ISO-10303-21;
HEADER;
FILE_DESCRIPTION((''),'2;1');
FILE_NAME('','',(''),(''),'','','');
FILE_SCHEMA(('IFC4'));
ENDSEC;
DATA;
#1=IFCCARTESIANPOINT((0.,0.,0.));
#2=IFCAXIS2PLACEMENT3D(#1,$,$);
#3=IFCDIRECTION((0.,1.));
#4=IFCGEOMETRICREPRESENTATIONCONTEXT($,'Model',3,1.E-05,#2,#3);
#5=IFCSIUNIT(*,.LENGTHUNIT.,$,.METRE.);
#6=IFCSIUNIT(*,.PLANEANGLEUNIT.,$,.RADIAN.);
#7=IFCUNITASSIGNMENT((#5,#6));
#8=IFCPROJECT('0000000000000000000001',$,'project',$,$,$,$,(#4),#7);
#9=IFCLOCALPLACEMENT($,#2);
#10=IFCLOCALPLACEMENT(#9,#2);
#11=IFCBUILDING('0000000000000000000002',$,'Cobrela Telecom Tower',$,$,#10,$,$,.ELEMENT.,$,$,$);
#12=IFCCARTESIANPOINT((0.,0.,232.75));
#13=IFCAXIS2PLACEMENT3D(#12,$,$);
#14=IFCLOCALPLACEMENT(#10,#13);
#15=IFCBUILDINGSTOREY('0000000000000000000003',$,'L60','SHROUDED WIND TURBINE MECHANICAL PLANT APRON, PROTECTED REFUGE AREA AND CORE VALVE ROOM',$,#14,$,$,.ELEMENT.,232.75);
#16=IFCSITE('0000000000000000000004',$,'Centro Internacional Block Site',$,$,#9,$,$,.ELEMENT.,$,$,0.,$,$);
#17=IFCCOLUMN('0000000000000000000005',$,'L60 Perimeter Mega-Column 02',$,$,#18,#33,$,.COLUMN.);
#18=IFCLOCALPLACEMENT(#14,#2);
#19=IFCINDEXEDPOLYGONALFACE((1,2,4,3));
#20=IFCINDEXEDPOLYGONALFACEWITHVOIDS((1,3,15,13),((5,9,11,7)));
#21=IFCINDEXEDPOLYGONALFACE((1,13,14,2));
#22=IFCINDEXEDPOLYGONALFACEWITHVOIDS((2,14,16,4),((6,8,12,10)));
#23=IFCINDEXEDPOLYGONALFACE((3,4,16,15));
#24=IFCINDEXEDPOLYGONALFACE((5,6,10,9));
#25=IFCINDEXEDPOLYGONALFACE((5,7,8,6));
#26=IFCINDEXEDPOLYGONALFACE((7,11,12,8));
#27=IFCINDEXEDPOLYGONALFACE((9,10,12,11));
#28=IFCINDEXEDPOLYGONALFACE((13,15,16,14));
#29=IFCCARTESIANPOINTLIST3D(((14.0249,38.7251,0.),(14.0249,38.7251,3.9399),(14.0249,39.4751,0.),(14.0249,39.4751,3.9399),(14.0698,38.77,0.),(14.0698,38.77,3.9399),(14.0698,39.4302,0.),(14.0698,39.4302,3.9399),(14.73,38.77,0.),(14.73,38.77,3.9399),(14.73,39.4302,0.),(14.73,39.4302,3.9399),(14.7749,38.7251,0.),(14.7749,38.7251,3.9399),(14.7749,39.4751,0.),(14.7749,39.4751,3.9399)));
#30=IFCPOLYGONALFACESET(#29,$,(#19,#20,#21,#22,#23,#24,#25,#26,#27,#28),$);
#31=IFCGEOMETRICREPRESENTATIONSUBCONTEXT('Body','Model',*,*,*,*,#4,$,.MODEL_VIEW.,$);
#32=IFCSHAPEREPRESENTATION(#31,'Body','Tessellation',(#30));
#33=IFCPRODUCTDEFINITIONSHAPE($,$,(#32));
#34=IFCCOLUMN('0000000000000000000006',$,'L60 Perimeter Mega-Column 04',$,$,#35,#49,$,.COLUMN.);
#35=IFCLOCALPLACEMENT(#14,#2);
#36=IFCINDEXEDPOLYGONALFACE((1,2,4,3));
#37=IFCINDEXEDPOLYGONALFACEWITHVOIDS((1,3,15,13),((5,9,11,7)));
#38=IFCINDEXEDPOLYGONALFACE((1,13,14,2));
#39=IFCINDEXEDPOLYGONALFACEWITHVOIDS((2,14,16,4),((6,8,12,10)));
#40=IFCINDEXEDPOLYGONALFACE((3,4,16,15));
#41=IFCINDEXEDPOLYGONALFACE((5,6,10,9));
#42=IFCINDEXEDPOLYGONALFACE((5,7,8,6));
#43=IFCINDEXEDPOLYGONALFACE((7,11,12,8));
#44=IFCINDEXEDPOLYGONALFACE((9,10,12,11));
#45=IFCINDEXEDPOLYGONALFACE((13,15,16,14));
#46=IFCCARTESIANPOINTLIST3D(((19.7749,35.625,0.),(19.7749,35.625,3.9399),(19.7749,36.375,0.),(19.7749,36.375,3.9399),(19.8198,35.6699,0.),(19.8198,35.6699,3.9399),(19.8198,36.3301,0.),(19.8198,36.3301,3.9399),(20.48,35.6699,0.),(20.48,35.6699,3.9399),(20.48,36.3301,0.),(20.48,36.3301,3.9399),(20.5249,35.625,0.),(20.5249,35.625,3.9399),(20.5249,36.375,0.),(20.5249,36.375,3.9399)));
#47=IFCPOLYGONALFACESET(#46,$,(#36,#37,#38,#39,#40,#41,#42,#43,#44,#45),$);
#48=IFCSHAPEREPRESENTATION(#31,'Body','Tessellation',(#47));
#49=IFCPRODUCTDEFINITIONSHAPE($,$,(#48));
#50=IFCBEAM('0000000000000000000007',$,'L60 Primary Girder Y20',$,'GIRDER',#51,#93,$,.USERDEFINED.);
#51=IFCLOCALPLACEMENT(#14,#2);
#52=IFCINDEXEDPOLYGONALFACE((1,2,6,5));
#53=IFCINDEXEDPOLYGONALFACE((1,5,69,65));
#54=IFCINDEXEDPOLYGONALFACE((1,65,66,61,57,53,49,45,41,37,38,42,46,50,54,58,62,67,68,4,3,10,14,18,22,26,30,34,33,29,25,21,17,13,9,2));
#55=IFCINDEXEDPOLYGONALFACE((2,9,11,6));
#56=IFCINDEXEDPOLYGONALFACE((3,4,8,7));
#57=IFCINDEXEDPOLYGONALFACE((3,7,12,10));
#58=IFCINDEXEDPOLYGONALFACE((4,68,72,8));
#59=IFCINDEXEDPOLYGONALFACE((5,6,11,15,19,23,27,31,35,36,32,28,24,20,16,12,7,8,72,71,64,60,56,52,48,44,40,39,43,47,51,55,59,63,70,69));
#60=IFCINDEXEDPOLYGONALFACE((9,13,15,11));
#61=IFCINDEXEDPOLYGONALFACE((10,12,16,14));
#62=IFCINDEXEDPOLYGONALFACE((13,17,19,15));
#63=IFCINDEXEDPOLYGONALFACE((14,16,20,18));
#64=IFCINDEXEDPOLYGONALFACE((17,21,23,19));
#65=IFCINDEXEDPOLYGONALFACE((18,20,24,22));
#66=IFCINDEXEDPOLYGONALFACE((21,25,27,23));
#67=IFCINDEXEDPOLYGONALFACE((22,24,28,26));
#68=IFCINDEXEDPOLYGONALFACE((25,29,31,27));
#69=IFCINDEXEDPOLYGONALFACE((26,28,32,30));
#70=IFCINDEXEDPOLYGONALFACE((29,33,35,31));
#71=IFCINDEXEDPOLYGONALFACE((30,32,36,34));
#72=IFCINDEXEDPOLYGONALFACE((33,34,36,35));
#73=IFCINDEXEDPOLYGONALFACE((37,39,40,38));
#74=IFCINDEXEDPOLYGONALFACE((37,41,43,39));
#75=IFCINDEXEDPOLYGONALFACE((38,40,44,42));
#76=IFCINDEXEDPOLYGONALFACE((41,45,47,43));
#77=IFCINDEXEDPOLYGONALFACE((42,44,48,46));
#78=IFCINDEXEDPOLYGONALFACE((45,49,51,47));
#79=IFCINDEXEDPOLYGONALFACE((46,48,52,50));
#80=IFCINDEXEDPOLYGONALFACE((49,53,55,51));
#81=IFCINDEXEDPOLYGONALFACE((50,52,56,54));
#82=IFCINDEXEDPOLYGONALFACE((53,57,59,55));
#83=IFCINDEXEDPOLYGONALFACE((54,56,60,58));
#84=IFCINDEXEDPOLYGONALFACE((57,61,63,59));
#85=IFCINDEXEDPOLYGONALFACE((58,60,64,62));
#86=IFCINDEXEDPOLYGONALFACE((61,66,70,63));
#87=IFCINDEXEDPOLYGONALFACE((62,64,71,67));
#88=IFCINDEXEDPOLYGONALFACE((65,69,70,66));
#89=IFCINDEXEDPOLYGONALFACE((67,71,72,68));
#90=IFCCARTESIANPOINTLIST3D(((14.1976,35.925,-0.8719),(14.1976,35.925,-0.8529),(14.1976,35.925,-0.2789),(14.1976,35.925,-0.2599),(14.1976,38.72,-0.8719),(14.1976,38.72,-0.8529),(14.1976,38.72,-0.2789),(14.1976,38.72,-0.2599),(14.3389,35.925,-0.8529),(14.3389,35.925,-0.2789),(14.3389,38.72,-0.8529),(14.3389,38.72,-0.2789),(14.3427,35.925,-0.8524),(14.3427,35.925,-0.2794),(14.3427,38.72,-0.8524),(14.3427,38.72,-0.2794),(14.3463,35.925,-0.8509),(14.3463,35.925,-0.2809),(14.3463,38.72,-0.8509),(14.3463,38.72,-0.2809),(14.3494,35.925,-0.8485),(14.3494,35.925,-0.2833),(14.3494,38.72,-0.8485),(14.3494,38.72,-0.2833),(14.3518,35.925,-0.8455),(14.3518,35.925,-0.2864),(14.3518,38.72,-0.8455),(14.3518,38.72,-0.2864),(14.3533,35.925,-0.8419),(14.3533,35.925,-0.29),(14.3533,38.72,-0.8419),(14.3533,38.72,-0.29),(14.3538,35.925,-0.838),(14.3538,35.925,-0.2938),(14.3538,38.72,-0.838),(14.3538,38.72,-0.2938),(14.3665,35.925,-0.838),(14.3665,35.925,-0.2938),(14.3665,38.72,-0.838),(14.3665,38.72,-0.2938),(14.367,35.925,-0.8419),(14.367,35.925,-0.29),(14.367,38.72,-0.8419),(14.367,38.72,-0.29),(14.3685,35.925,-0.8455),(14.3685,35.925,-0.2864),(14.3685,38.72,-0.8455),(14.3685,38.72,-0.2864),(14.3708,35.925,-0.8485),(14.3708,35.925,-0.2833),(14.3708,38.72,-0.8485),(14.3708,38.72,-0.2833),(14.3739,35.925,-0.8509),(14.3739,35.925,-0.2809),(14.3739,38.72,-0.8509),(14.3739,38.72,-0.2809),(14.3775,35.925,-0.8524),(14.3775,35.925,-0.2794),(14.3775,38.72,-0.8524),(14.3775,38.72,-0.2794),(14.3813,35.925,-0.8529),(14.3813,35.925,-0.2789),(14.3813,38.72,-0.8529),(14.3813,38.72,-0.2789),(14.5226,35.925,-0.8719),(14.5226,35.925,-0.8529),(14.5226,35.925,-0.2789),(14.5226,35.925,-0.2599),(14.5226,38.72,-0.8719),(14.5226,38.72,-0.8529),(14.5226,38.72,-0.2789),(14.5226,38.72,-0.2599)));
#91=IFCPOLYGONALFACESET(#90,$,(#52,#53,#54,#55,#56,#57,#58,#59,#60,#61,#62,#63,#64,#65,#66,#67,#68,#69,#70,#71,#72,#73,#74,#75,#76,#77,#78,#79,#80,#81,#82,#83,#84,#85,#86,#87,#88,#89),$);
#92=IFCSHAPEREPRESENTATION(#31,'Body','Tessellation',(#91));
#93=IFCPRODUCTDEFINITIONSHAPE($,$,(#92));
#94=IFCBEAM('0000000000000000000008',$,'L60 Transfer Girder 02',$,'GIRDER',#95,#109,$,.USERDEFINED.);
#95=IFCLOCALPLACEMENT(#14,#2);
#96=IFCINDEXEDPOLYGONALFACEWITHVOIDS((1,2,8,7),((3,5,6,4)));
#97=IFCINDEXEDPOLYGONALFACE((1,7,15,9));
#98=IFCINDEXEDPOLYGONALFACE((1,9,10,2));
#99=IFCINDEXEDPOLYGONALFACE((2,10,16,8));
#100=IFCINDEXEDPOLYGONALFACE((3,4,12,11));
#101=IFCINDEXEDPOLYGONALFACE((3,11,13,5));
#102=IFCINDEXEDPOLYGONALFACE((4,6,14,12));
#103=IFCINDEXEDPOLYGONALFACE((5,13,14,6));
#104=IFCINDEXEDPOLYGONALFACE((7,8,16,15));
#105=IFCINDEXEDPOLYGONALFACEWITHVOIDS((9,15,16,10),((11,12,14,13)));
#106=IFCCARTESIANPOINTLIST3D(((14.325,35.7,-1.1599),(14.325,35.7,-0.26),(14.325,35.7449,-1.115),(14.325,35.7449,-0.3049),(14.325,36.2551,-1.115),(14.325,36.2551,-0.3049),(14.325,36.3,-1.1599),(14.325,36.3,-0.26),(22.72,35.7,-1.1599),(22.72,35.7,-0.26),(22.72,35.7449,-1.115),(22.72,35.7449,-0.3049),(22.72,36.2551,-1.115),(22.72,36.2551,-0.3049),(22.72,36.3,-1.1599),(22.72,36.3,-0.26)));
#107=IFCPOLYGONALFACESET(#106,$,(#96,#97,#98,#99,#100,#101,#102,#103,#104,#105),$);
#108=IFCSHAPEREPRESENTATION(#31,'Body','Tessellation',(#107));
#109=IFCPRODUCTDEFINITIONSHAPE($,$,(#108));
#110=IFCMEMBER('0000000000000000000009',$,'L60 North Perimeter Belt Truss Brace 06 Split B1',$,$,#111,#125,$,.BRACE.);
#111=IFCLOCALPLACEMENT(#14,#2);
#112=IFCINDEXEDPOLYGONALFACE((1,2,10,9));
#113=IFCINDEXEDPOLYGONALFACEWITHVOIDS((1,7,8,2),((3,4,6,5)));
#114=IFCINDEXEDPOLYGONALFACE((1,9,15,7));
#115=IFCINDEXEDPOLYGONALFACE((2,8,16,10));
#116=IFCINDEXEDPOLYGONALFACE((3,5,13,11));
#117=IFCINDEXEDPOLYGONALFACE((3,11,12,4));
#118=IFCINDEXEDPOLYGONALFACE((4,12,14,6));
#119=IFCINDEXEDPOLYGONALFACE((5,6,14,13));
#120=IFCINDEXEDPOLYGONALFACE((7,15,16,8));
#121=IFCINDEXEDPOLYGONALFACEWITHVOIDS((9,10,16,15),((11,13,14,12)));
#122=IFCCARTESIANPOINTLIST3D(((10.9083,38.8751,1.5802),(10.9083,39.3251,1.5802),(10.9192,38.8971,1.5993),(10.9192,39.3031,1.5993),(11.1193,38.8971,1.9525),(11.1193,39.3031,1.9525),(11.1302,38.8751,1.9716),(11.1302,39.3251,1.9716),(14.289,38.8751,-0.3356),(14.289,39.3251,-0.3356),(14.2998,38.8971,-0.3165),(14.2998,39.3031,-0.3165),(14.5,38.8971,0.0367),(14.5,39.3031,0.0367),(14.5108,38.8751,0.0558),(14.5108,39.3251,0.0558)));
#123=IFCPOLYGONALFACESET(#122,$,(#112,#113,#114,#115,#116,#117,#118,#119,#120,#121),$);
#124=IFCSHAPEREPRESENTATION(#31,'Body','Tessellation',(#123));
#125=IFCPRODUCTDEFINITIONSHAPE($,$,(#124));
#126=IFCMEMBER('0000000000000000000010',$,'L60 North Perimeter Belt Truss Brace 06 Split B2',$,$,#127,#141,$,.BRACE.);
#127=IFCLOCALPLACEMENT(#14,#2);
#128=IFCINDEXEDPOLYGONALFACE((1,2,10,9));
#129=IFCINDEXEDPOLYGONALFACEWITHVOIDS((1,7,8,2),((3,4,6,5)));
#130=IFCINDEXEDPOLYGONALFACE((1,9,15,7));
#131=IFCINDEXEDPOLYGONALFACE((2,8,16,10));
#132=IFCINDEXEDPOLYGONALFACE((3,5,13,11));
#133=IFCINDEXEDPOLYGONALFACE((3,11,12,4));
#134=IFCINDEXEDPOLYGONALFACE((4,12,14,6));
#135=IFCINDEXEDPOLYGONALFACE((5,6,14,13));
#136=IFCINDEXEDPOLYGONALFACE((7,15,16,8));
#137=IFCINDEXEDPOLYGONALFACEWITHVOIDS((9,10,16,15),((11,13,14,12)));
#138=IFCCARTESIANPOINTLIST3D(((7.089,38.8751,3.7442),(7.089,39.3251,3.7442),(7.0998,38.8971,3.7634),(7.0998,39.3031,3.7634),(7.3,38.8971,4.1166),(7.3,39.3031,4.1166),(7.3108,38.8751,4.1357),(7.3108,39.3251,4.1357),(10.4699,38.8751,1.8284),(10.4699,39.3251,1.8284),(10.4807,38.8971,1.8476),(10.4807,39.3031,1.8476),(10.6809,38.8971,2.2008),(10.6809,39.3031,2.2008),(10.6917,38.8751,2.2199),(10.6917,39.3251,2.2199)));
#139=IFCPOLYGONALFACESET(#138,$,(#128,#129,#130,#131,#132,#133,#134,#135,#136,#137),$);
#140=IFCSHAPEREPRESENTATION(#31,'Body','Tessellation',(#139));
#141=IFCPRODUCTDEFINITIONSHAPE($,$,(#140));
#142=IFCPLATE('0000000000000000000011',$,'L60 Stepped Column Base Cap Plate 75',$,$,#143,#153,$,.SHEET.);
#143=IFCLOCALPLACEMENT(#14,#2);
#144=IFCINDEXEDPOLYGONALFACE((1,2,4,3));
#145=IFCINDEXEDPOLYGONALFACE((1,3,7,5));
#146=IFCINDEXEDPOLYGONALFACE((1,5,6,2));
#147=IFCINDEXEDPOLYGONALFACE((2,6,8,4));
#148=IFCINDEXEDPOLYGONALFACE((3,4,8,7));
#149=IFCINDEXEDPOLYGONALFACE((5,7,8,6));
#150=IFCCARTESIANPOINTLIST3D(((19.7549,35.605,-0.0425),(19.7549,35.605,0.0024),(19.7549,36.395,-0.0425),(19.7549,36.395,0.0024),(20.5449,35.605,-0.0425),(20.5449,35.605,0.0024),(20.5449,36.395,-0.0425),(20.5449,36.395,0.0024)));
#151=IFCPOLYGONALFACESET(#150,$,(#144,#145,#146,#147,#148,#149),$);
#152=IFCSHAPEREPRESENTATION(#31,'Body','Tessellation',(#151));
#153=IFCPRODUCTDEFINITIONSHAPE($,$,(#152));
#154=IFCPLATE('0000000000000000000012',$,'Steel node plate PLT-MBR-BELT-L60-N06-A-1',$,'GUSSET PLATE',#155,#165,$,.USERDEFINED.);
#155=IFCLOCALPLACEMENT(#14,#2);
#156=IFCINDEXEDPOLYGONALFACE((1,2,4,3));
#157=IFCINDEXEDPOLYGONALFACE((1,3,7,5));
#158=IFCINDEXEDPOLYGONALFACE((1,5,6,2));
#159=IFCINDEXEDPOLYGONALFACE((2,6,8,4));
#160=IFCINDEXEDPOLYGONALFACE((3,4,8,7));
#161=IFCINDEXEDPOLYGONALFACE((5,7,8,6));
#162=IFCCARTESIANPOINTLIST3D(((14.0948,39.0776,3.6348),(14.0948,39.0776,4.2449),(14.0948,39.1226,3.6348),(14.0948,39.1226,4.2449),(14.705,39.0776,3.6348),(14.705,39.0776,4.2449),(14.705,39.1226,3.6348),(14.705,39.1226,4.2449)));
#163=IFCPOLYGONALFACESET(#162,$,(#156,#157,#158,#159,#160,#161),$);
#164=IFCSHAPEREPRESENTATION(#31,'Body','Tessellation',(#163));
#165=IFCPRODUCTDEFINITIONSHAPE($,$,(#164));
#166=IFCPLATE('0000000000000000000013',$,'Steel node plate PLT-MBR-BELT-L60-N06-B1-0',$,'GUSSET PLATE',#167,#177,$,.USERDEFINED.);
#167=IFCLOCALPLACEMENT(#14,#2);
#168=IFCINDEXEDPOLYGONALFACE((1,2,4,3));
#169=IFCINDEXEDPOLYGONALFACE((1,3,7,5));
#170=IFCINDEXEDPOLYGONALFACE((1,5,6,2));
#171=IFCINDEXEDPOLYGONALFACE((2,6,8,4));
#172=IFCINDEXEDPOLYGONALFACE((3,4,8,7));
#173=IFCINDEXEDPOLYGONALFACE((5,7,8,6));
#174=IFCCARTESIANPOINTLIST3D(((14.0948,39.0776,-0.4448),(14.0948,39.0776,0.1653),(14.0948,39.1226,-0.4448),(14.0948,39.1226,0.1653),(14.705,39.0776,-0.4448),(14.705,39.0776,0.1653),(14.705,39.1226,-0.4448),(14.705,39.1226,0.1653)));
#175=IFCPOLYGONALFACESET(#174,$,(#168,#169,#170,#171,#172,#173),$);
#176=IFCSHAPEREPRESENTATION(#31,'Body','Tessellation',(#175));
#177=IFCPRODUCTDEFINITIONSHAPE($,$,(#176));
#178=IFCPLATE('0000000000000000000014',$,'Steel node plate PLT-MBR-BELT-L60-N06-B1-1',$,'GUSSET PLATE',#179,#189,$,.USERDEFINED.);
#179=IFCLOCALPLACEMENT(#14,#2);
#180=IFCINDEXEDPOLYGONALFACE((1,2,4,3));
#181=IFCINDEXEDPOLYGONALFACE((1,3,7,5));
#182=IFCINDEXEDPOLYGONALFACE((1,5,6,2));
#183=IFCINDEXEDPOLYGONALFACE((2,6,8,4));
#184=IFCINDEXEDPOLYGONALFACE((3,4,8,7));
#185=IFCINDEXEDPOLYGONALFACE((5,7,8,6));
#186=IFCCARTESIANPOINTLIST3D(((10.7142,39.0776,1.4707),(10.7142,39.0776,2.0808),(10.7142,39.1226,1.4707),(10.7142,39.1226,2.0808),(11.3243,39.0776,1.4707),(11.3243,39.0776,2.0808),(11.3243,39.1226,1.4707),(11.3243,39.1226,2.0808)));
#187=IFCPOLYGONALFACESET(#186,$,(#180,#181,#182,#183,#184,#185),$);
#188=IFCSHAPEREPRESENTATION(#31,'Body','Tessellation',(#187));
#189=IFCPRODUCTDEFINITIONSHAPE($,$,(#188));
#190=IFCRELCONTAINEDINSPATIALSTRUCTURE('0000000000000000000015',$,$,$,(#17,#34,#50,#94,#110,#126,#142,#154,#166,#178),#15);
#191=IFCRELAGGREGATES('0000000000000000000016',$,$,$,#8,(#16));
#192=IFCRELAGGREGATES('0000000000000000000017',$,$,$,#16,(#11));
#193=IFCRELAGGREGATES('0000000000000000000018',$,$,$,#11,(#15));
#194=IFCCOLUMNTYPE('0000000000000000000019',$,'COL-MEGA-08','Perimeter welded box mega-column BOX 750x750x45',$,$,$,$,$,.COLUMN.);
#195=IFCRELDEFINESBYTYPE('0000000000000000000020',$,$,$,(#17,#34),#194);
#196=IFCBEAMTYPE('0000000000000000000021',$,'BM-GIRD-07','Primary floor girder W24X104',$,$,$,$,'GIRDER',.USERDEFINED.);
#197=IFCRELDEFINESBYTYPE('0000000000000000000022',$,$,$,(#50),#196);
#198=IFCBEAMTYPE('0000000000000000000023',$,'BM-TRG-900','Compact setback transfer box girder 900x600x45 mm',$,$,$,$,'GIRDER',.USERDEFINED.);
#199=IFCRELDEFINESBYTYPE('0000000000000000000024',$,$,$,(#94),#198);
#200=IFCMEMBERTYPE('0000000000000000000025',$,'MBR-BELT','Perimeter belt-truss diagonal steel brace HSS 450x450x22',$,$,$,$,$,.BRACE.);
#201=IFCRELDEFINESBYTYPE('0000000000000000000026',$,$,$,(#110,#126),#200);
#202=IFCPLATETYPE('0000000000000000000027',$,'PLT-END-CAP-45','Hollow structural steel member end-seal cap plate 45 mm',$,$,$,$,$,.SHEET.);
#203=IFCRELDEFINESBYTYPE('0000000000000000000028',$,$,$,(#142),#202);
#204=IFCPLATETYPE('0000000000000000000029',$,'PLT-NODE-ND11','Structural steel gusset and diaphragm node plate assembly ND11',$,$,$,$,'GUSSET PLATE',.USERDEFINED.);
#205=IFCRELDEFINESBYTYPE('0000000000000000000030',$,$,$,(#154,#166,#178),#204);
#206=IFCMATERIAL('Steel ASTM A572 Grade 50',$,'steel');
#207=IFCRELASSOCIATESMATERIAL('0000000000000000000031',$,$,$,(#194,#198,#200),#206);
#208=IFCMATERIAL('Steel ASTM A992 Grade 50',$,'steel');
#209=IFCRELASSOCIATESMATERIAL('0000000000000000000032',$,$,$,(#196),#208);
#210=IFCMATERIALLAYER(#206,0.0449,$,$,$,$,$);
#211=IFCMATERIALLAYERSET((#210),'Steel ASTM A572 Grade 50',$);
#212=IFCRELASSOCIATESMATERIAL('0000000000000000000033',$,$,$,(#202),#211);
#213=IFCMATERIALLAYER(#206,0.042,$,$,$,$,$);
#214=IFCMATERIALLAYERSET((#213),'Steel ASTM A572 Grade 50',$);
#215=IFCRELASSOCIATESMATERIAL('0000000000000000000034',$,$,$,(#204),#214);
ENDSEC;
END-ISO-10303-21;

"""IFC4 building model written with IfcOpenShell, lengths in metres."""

from ifc_helpers import new_model, si_unit, direction, frame, origin, origin_2d, place, context, subcontext, project, spatial, rectangle, hollow_rectangle, i_section, extrude, material, layer, layer_set, material_profile, profile_set, type_object, element, save


model = new_model("IFC4")

# Units and contexts
model_context = context("Model", 3, precision=1e-05, world=origin(), true_north=direction((0.0, 1.0)))
body_context = subcontext(model_context, "Body", "Model", "MODEL_VIEW")
ifc_project = project(units=[si_unit("LENGTHUNIT", "METRE"), si_unit("PLANEANGLEUNIT", "RADIAN")], contexts=[model_context])

# Site, building, storey
site_placement = place(None, origin())
site = spatial("IfcSite", under=ifc_project, at=site_placement, Name="Centro Internacional Block Site", CompositionType="ELEMENT", RefElevation=0.0)
building_placement = place(site_placement, origin())
building = spatial("IfcBuilding", under=site, at=building_placement, Name="Cobrela Telecom Tower", CompositionType="ELEMENT")
storey_placement = place(building_placement, frame((0.0, 0.0, 232.75)))
storey = spatial("IfcBuildingStorey", under=building, at=storey_placement, Name="L60", Description="SHROUDED WIND TURBINE MECHANICAL PLANT APRON, PROTECTED REFUGE AREA AND CORE VALVE ROOM", CompositionType="ELEMENT", Elevation=232.75)

# Columns
ifc_material_1 = material(Name="Steel ASTM A572 Grade 50", Category="steel")
ifc_material_profile_1 = material_profile(ifc_material_1, hollow_rectangle(XDim=0.75, YDim=0.75, WallThickness=0.0449, at=origin_2d()), Name="BOX 750x750x45")
ifc_profile_set_1 = profile_set([ifc_material_profile_1], Name="Steel ASTM A572 Grade 50")
column_type = type_object("IfcColumnType", Name="COL-MEGA-08", Description="Perimeter welded box mega-column BOX 750x750x45", PredefinedType="COLUMN", material=ifc_profile_set_1)
for number, where, z_axis, x_axis, name in (
    (1, (14.3999, 39.1001, 0.0), (0.0, 0.0, 1.0), (1.0, 0.0, 0.0), "L60 Perimeter Mega-Column 02"),
    (2, (20.1499, 36.0, 0.0), (0.0, 0.0, 1.0), (1.0, 0.0, 0.0), "L60 Perimeter Mega-Column 04"),
):
    element("IfcColumn", number, at=place(storey_placement, frame(where, z_axis=z_axis, x_axis=x_axis)), inside=storey, type_object=column_type, Name=name, PredefinedType="COLUMN", context=body_context, shape_type="SweptSolid", body=[
        extrude(hollow_rectangle(XDim=0.75, YDim=0.75, WallThickness=0.0449, at=origin_2d()), origin(), (0.0, 0.0, 1.0), 3.9399),
    ])

# Beams
ifc_material_2 = material(Name="Steel ASTM A992 Grade 50", Category="steel")
ifc_material_profile_2 = material_profile(ifc_material_2, i_section(OverallWidth=0.325, OverallDepth=0.6121, WebThickness=0.0127, FlangeThickness=0.019, FilletRadius=0.0149, at=origin_2d()), Name="W24X104")
ifc_profile_set_2 = profile_set([ifc_material_profile_2], Name="Steel ASTM A992 Grade 50")
beam_type_1 = type_object("IfcBeamType", Name="BM-GIRD-07", Description="Primary floor girder W24X104", ElementType="GIRDER", PredefinedType="USERDEFINED", material=ifc_profile_set_2)
beam_1_placement = place(storey_placement, frame((14.3601, 35.925, -0.5659), z_axis=(0.0, 1.0, 0.0), x_axis=(-1.0, 0.0, 0.0)))
element("IfcBeam", 3, at=beam_1_placement, inside=storey, type_object=beam_type_1, Name="L60 Primary Girder Y20", ObjectType="GIRDER", PredefinedType="USERDEFINED", context=body_context, shape_type="SweptSolid", body=[
    extrude(i_section(OverallWidth=0.325, OverallDepth=0.6121, WebThickness=0.0127, FlangeThickness=0.019, FilletRadius=0.0149, at=origin_2d()), origin(), (0.0, 0.0, 1.0), 2.7949),
])
ifc_material_profile_3 = material_profile(ifc_material_1, hollow_rectangle(XDim=0.6001, YDim=0.8999, WallThickness=0.0449, at=origin_2d()), Name="BOX 900x600x45")
ifc_profile_set_3 = profile_set([ifc_material_profile_3], Name="Steel ASTM A572 Grade 50")
beam_type_2 = type_object("IfcBeamType", Name="BM-TRG-900", Description="Compact setback transfer box girder 900x600x45 mm", ElementType="GIRDER", PredefinedType="USERDEFINED", material=ifc_profile_set_3)
beam_2_placement = place(storey_placement, frame((14.325, 36.0, -0.71), z_axis=(1.0, 0.0, 0.0), x_axis=(0.0, 1.0, 0.0)))
element("IfcBeam", 4, at=beam_2_placement, inside=storey, type_object=beam_type_2, Name="L60 Transfer Girder 02", ObjectType="GIRDER", PredefinedType="USERDEFINED", context=body_context, shape_type="SweptSolid", body=[
    extrude(hollow_rectangle(XDim=0.6001, YDim=0.8999, WallThickness=0.0449, at=origin_2d()), origin(), (0.0, 0.0, 1.0), 8.395),
])

# Members
ifc_material_profile_4 = material_profile(ifc_material_1, hollow_rectangle(XDim=0.45, YDim=0.45, WallThickness=0.022, at=origin_2d()), Name="HSS 450x450x22")
ifc_profile_set_4 = profile_set([ifc_material_profile_4], Name="Steel ASTM A572 Grade 50")
member_type = type_object("IfcMemberType", Name="MBR-BELT", Description="Perimeter belt-truss diagonal steel brace HSS 450x450x22", PredefinedType="BRACE", material=ifc_profile_set_4)
member_1_placement = place(storey_placement, frame((14.3999, 39.1001, -0.1399), z_axis=(-0.870012, 0.0, 0.49303), x_axis=(0.0, -1.0, 0.0)))
element("IfcMember", 5, at=member_1_placement, inside=storey, type_object=member_type, Name="L60 North Perimeter Belt Truss Brace 06 Split B1", PredefinedType="BRACE", context=body_context, shape_type="SweptSolid", body=[
    extrude(hollow_rectangle(XDim=0.45, YDim=0.45, WallThickness=0.022, at=origin_2d()), origin(), (0.0, 0.0, 1.0), 3.8857),
])
member_2_placement = place(storey_placement, frame((10.5808, 39.1001, 2.0242), z_axis=(-0.870028, 0.0, 0.493003), x_axis=(0.0, -1.0, 0.0)))
element("IfcMember", 6, at=member_2_placement, inside=storey, type_object=member_type, Name="L60 North Perimeter Belt Truss Brace 06 Split B2", PredefinedType="BRACE", context=body_context, shape_type="SweptSolid", body=[
    extrude(hollow_rectangle(XDim=0.45, YDim=0.45, WallThickness=0.022, at=origin_2d()), origin(), (0.0, 0.0, 1.0), 3.886),
])

# Plates
ifc_layer_1 = layer(ifc_material_1, 0.0449)
ifc_layer_set_1 = layer_set([ifc_layer_1], Name="Steel ASTM A572 Grade 50")
plate_type_1 = type_object("IfcPlateType", Name="PLT-END-CAP-45", Description="Hollow structural steel member end-seal cap plate 45 mm", PredefinedType="SHEET", material=ifc_layer_set_1)
plate_1_placement = place(storey_placement, frame((20.1499, 36.0, -0.0425), z_axis=(0.0, 0.0, 1.0), x_axis=(1.0, 0.0, 0.0)))
element("IfcPlate", 7, at=plate_1_placement, inside=storey, type_object=plate_type_1, Name="L60 Stepped Column Base Cap Plate 75", PredefinedType="SHEET", context=body_context, shape_type="SweptSolid", body=[
    extrude(rectangle(XDim=0.79, YDim=0.79, at=origin_2d()), origin(), (0.0, 0.0, 1.0), 0.0449),
])
ifc_layer_2 = layer(ifc_material_1, 0.042)
ifc_layer_set_2 = layer_set([ifc_layer_2], Name="Steel ASTM A572 Grade 50")
plate_type_2 = type_object("IfcPlateType", Name="PLT-NODE-ND11", Description="Structural steel gusset and diaphragm node plate assembly ND11", ElementType="GUSSET PLATE", PredefinedType="USERDEFINED", material=ifc_layer_set_2)
for number, where, z_axis, x_axis, name in (
    (8, (14.3999, 39.1001, 3.6348), (0.0, 0.0, 1.0), (1.0, 0.0, 0.0), "Steel node plate PLT-MBR-BELT-L60-N06-A-1"),
    (9, (14.3999, 39.1001, -0.4448), (0.0, 0.0, 1.0), (-1.0, 0.0, 0.0), "Steel node plate PLT-MBR-BELT-L60-N06-B1-0"),
    (10, (11.0193, 39.1001, 1.4707), (0.0, 0.0, 1.0), (-1.0, 0.0, 0.0), "Steel node plate PLT-MBR-BELT-L60-N06-B1-1"),
):
    element("IfcPlate", number, at=place(storey_placement, frame(where, z_axis=z_axis, x_axis=x_axis)), inside=storey, type_object=plate_type_2, Name=name, ObjectType="GUSSET PLATE", PredefinedType="USERDEFINED", context=body_context, shape_type="SweptSolid", body=[
        extrude(rectangle(XDim=0.6101, YDim=0.0449, at=origin_2d()), origin(), (0.0, 0.0, 1.0), 0.6101),
    ])

save(model, "model.ifc")
